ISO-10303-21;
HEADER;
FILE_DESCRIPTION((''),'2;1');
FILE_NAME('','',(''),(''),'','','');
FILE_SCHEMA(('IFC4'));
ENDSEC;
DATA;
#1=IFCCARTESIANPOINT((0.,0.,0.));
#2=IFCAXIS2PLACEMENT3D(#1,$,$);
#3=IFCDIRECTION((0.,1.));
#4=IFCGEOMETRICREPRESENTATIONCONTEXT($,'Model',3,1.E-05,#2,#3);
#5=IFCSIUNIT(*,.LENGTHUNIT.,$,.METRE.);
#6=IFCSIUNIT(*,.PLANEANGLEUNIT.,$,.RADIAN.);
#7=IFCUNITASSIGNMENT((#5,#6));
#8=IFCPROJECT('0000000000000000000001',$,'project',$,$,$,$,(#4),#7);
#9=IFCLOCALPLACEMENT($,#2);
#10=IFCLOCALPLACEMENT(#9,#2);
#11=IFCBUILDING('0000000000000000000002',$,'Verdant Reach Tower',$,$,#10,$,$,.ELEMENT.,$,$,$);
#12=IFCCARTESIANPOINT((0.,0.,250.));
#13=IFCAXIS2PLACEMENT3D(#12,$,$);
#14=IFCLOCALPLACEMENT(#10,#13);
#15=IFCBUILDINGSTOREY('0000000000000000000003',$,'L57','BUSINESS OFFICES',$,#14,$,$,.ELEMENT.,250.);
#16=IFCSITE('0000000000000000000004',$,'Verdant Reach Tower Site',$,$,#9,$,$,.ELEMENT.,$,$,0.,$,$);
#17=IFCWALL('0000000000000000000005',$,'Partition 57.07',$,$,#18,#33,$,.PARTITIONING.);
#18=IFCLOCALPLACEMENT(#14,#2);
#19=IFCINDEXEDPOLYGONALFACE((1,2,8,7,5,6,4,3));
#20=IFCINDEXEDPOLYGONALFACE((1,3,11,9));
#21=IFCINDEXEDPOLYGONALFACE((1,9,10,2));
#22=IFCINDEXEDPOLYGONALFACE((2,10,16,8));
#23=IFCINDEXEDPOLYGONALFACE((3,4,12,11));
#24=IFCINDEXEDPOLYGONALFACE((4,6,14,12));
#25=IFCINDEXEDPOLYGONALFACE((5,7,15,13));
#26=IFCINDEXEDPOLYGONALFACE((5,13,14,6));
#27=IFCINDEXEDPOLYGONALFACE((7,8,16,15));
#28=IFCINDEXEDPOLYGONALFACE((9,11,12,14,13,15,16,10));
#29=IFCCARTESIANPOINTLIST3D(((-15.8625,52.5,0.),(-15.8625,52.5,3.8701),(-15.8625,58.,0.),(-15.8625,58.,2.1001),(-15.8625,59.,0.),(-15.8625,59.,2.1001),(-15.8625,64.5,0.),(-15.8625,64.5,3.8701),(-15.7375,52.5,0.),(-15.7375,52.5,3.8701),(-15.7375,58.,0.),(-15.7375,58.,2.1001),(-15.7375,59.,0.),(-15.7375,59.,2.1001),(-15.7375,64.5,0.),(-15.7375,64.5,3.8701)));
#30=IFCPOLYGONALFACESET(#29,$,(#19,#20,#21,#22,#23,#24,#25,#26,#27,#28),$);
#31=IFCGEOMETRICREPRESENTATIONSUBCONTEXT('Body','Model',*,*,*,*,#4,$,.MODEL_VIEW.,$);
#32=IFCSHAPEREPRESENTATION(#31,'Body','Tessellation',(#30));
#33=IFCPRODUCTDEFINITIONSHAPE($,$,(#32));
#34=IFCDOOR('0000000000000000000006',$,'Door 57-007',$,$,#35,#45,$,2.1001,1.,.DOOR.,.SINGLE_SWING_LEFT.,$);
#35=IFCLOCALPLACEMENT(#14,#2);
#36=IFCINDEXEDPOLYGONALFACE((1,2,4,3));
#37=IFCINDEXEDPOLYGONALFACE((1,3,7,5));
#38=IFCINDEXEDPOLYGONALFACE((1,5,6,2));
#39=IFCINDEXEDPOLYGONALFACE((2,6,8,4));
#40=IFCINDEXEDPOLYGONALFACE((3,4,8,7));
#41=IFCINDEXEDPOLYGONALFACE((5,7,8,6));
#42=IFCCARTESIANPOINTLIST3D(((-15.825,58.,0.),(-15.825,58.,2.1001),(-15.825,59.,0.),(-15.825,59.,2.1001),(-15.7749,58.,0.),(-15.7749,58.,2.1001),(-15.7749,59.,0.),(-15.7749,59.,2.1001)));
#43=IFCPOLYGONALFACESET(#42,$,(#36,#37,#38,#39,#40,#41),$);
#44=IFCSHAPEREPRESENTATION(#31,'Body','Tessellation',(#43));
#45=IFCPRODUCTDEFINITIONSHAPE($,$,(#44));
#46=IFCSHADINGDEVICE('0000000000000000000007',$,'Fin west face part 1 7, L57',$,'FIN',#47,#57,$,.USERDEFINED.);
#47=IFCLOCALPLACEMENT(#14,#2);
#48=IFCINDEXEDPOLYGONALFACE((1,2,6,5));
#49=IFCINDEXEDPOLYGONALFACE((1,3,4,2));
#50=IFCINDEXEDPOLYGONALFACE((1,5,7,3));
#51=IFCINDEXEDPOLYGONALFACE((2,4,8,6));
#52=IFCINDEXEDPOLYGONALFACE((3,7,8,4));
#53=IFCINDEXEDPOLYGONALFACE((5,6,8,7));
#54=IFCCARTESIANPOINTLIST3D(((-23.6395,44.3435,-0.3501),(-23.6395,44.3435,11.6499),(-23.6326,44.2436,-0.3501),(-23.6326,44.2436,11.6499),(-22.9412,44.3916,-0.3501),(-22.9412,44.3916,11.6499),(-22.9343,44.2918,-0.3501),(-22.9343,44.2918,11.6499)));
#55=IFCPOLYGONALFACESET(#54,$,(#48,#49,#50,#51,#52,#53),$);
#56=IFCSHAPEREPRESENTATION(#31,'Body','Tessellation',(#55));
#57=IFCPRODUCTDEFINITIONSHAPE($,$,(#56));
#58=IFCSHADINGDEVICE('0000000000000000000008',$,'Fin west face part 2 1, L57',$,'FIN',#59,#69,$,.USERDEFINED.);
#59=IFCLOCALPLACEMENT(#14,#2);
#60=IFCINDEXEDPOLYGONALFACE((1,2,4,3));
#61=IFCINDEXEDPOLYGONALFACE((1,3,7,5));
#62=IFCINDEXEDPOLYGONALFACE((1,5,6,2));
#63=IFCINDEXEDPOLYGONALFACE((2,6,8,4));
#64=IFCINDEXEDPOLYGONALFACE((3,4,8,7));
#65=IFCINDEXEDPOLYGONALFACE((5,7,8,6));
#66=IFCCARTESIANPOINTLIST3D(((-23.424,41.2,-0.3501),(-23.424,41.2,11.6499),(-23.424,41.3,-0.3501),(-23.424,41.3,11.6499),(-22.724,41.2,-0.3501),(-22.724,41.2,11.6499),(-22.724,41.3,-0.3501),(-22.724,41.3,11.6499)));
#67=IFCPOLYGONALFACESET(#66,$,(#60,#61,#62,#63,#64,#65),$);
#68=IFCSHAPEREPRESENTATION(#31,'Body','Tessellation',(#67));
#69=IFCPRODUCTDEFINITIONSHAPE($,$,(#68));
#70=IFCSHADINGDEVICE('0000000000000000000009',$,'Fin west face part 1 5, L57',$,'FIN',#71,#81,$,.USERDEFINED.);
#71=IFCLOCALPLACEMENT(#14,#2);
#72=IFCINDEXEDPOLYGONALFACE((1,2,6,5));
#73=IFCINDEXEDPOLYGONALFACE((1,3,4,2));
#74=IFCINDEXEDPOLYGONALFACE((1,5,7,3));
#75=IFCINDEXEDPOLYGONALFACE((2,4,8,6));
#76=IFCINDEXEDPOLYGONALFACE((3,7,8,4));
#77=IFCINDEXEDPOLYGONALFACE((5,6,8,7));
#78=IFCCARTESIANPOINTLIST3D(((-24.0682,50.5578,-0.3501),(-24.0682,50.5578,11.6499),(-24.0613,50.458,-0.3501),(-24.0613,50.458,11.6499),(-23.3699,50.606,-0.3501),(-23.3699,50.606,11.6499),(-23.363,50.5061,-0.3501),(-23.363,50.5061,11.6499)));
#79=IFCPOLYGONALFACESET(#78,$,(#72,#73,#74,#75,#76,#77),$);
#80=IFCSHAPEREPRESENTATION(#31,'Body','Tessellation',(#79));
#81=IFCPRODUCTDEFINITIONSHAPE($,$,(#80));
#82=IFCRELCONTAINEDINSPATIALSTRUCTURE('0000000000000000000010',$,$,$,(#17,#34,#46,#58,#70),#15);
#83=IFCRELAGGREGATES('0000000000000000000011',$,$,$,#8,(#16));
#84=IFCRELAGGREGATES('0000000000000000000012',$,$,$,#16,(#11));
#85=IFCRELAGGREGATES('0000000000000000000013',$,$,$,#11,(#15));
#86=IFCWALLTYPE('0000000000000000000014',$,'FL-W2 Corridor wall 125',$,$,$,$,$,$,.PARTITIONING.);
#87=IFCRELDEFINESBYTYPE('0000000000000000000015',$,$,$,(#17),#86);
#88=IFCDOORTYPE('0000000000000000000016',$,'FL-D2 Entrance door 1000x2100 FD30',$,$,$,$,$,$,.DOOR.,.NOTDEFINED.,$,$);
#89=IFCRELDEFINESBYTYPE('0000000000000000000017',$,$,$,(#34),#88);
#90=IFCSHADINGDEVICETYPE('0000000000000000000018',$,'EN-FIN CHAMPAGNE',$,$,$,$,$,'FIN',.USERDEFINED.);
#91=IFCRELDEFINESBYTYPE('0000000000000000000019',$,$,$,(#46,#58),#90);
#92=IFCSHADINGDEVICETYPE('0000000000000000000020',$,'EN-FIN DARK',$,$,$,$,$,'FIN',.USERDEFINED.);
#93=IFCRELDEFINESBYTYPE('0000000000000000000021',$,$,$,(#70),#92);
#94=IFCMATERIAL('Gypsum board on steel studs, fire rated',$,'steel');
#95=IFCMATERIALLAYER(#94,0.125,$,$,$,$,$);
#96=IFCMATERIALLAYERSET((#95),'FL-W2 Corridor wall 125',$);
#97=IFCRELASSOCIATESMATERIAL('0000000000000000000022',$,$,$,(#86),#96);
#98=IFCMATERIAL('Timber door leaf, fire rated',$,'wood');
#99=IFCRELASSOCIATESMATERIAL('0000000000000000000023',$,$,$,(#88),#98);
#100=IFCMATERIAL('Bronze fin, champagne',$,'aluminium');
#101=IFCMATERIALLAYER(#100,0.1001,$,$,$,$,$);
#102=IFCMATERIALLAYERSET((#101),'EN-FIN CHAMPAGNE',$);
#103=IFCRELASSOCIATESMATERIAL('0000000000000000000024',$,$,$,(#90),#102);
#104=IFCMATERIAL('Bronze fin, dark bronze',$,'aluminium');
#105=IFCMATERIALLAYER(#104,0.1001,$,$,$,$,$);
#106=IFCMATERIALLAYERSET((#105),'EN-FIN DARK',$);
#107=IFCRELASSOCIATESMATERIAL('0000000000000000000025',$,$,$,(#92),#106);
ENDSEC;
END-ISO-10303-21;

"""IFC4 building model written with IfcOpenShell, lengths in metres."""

from ifc_helpers import new_model, si_unit, direction, frame, frame_2d, origin, origin_2d, place, context, subcontext, project, spatial, rectangle, extrude, material, layer, layer_set, type_object, element, fill, save


model = new_model("IFC4")

# Units and contexts
model_context = context("Model", 3, precision=1e-05, world=origin(), true_north=direction((0.0, 1.0)))
body_context = subcontext(model_context, "Body", "Model", "MODEL_VIEW")
ifc_project = project(units=[si_unit("LENGTHUNIT", "METRE"), si_unit("PLANEANGLEUNIT", "RADIAN")], contexts=[model_context])

# Site, building, storey
site_placement = place(None, origin())
site = spatial("IfcSite", under=ifc_project, at=site_placement, Name="Verdant Reach Tower Site", CompositionType="ELEMENT", RefElevation=0.0)
building_placement = place(site_placement, origin())
building = spatial("IfcBuilding", under=site, at=building_placement, Name="Verdant Reach Tower", CompositionType="ELEMENT")
storey_placement = place(building_placement, frame((0.0, 0.0, 250.0)))
storey = spatial("IfcBuildingStorey", under=building, at=storey_placement, Name="L57", Description="BUSINESS OFFICES", CompositionType="ELEMENT", Elevation=250.0)

# Wall, opening, door
ifc_material_1 = material(Name="Gypsum board on steel studs, fire rated", Category="steel")
ifc_layer_1 = layer(ifc_material_1, 0.125)
ifc_layer_set_1 = layer_set([ifc_layer_1], Name="FL-W2 Corridor wall 125")
wall_type_1 = type_object("IfcWallType", Name="FL-W2 Corridor wall 125", PredefinedType="PARTITIONING", material=ifc_layer_set_1)
ifc_material_2 = material(Name="Timber door leaf, fire rated", Category="wood")
door_type = type_object("IfcDoorType", Name="FL-D2 Entrance door 1000x2100 FD30", OperationType="NOTDEFINED", PredefinedType="DOOR", material=ifc_material_2)
wall_1_placement = place(storey_placement, frame((-15.8, 52.5, 0.0), z_axis=(0.0, 0.0, 1.0), x_axis=(0.0, 1.0, 0.0)))
wall_1 = element("IfcWall", 1, at=wall_1_placement, inside=storey, type_object=wall_type_1, Name="Partition 57.07", PredefinedType="PARTITIONING", context=body_context, shape_type="SweptSolid", body=[
    extrude(rectangle(XDim=12.0, YDim=0.125, at=frame_2d((6.0, 0.0))), origin(), (0.0, 0.0, 1.0), 3.8701),
])
opening_1_placement = place(wall_1_placement, frame((5.5, 0.0, 0.0)))
opening_1 = element("IfcOpeningElement", 2, at=opening_1_placement, cuts=wall_1, PredefinedType="OPENING", context=body_context, shape_type="SweptSolid", body=[
    extrude(rectangle(XDim=1.0, YDim=2.1001, at=frame_2d((0.5, 1.05))), frame((0.0, 0.0725, 0.0), z_axis=(0.0, -1.0, 0.0), x_axis=(1.0, 0.0, 0.0)), (0.0, 0.0, 1.0), 0.145),
])
door_1_placement = place(opening_1_placement, origin())
door_1 = element("IfcDoor", 3, at=door_1_placement, inside=storey, type_object=door_type, Name="Door 57-007", OperationType="SINGLE_SWING_LEFT", OverallHeight=2.1001, OverallWidth=1.0, PredefinedType="DOOR", context=body_context, shape_type="SweptSolid", body=[
    extrude(rectangle(XDim=1.0, YDim=2.1001, at=frame_2d((0.5, 1.05))), frame((0.0, 0.0249, 0.0), z_axis=(0.0, -1.0, 0.0), x_axis=(1.0, 0.0, 0.0)), (0.0, 0.0, 1.0), 0.05),
])
fill(opening_1, door_1)

# Shading devices
ifc_material_3 = material(Name="Bronze fin, champagne", Category="aluminium")
ifc_layer_2 = layer(ifc_material_3, 0.1001)
ifc_layer_set_2 = layer_set([ifc_layer_2], Name="EN-FIN CHAMPAGNE")
shading_device_type_1 = type_object("IfcShadingDeviceType", Name="EN-FIN CHAMPAGNE", ElementType="FIN", PredefinedType="USERDEFINED", material=ifc_layer_set_2)
for number, where, z_axis, x_axis, name in (
    (4, (-23.2869, 44.3176, -0.3501), (0.0, 0.0, 1.0), (0.068802, -0.99763, 0.0), "Fin west face part 1 7, L57"),
    (5, (-23.074, 41.25, -0.3501), (0.0, 0.0, 1.0), (0.0, -1.0, 0.0), "Fin west face part 2 1, L57"),
):
    element("IfcShadingDevice", number, at=place(storey_placement, frame(where, z_axis=z_axis, x_axis=x_axis)), inside=storey, type_object=shading_device_type_1, Name=name, ObjectType="FIN", PredefinedType="USERDEFINED", context=body_context, shape_type="SweptSolid", body=[
        extrude(rectangle(XDim=0.1001, YDim=0.7, at=origin_2d()), origin(), (0.0, 0.0, 1.0), 12.0),
    ])
ifc_material_4 = material(Name="Bronze fin, dark bronze", Category="aluminium")
ifc_layer_3 = layer(ifc_material_4, 0.1001)
ifc_layer_set_3 = layer_set([ifc_layer_3], Name="EN-FIN DARK")
shading_device_type_2 = type_object("IfcShadingDeviceType", Name="EN-FIN DARK", ElementType="FIN", PredefinedType="USERDEFINED", material=ifc_layer_set_3)
shading_device_placement = place(storey_placement, frame((-23.7156, 50.532, -0.3501), z_axis=(0.0, 0.0, 1.0), x_axis=(0.068802, -0.99763, 0.0)))
element("IfcShadingDevice", 6, at=shading_device_placement, inside=storey, type_object=shading_device_type_2, Name="Fin west face part 1 5, L57", ObjectType="FIN", PredefinedType="USERDEFINED", context=body_context, shape_type="SweptSolid", body=[
    extrude(rectangle(XDim=0.1001, YDim=0.7, at=origin_2d()), origin(), (0.0, 0.0, 1.0), 12.0),
])

save(model, "model.ifc")
